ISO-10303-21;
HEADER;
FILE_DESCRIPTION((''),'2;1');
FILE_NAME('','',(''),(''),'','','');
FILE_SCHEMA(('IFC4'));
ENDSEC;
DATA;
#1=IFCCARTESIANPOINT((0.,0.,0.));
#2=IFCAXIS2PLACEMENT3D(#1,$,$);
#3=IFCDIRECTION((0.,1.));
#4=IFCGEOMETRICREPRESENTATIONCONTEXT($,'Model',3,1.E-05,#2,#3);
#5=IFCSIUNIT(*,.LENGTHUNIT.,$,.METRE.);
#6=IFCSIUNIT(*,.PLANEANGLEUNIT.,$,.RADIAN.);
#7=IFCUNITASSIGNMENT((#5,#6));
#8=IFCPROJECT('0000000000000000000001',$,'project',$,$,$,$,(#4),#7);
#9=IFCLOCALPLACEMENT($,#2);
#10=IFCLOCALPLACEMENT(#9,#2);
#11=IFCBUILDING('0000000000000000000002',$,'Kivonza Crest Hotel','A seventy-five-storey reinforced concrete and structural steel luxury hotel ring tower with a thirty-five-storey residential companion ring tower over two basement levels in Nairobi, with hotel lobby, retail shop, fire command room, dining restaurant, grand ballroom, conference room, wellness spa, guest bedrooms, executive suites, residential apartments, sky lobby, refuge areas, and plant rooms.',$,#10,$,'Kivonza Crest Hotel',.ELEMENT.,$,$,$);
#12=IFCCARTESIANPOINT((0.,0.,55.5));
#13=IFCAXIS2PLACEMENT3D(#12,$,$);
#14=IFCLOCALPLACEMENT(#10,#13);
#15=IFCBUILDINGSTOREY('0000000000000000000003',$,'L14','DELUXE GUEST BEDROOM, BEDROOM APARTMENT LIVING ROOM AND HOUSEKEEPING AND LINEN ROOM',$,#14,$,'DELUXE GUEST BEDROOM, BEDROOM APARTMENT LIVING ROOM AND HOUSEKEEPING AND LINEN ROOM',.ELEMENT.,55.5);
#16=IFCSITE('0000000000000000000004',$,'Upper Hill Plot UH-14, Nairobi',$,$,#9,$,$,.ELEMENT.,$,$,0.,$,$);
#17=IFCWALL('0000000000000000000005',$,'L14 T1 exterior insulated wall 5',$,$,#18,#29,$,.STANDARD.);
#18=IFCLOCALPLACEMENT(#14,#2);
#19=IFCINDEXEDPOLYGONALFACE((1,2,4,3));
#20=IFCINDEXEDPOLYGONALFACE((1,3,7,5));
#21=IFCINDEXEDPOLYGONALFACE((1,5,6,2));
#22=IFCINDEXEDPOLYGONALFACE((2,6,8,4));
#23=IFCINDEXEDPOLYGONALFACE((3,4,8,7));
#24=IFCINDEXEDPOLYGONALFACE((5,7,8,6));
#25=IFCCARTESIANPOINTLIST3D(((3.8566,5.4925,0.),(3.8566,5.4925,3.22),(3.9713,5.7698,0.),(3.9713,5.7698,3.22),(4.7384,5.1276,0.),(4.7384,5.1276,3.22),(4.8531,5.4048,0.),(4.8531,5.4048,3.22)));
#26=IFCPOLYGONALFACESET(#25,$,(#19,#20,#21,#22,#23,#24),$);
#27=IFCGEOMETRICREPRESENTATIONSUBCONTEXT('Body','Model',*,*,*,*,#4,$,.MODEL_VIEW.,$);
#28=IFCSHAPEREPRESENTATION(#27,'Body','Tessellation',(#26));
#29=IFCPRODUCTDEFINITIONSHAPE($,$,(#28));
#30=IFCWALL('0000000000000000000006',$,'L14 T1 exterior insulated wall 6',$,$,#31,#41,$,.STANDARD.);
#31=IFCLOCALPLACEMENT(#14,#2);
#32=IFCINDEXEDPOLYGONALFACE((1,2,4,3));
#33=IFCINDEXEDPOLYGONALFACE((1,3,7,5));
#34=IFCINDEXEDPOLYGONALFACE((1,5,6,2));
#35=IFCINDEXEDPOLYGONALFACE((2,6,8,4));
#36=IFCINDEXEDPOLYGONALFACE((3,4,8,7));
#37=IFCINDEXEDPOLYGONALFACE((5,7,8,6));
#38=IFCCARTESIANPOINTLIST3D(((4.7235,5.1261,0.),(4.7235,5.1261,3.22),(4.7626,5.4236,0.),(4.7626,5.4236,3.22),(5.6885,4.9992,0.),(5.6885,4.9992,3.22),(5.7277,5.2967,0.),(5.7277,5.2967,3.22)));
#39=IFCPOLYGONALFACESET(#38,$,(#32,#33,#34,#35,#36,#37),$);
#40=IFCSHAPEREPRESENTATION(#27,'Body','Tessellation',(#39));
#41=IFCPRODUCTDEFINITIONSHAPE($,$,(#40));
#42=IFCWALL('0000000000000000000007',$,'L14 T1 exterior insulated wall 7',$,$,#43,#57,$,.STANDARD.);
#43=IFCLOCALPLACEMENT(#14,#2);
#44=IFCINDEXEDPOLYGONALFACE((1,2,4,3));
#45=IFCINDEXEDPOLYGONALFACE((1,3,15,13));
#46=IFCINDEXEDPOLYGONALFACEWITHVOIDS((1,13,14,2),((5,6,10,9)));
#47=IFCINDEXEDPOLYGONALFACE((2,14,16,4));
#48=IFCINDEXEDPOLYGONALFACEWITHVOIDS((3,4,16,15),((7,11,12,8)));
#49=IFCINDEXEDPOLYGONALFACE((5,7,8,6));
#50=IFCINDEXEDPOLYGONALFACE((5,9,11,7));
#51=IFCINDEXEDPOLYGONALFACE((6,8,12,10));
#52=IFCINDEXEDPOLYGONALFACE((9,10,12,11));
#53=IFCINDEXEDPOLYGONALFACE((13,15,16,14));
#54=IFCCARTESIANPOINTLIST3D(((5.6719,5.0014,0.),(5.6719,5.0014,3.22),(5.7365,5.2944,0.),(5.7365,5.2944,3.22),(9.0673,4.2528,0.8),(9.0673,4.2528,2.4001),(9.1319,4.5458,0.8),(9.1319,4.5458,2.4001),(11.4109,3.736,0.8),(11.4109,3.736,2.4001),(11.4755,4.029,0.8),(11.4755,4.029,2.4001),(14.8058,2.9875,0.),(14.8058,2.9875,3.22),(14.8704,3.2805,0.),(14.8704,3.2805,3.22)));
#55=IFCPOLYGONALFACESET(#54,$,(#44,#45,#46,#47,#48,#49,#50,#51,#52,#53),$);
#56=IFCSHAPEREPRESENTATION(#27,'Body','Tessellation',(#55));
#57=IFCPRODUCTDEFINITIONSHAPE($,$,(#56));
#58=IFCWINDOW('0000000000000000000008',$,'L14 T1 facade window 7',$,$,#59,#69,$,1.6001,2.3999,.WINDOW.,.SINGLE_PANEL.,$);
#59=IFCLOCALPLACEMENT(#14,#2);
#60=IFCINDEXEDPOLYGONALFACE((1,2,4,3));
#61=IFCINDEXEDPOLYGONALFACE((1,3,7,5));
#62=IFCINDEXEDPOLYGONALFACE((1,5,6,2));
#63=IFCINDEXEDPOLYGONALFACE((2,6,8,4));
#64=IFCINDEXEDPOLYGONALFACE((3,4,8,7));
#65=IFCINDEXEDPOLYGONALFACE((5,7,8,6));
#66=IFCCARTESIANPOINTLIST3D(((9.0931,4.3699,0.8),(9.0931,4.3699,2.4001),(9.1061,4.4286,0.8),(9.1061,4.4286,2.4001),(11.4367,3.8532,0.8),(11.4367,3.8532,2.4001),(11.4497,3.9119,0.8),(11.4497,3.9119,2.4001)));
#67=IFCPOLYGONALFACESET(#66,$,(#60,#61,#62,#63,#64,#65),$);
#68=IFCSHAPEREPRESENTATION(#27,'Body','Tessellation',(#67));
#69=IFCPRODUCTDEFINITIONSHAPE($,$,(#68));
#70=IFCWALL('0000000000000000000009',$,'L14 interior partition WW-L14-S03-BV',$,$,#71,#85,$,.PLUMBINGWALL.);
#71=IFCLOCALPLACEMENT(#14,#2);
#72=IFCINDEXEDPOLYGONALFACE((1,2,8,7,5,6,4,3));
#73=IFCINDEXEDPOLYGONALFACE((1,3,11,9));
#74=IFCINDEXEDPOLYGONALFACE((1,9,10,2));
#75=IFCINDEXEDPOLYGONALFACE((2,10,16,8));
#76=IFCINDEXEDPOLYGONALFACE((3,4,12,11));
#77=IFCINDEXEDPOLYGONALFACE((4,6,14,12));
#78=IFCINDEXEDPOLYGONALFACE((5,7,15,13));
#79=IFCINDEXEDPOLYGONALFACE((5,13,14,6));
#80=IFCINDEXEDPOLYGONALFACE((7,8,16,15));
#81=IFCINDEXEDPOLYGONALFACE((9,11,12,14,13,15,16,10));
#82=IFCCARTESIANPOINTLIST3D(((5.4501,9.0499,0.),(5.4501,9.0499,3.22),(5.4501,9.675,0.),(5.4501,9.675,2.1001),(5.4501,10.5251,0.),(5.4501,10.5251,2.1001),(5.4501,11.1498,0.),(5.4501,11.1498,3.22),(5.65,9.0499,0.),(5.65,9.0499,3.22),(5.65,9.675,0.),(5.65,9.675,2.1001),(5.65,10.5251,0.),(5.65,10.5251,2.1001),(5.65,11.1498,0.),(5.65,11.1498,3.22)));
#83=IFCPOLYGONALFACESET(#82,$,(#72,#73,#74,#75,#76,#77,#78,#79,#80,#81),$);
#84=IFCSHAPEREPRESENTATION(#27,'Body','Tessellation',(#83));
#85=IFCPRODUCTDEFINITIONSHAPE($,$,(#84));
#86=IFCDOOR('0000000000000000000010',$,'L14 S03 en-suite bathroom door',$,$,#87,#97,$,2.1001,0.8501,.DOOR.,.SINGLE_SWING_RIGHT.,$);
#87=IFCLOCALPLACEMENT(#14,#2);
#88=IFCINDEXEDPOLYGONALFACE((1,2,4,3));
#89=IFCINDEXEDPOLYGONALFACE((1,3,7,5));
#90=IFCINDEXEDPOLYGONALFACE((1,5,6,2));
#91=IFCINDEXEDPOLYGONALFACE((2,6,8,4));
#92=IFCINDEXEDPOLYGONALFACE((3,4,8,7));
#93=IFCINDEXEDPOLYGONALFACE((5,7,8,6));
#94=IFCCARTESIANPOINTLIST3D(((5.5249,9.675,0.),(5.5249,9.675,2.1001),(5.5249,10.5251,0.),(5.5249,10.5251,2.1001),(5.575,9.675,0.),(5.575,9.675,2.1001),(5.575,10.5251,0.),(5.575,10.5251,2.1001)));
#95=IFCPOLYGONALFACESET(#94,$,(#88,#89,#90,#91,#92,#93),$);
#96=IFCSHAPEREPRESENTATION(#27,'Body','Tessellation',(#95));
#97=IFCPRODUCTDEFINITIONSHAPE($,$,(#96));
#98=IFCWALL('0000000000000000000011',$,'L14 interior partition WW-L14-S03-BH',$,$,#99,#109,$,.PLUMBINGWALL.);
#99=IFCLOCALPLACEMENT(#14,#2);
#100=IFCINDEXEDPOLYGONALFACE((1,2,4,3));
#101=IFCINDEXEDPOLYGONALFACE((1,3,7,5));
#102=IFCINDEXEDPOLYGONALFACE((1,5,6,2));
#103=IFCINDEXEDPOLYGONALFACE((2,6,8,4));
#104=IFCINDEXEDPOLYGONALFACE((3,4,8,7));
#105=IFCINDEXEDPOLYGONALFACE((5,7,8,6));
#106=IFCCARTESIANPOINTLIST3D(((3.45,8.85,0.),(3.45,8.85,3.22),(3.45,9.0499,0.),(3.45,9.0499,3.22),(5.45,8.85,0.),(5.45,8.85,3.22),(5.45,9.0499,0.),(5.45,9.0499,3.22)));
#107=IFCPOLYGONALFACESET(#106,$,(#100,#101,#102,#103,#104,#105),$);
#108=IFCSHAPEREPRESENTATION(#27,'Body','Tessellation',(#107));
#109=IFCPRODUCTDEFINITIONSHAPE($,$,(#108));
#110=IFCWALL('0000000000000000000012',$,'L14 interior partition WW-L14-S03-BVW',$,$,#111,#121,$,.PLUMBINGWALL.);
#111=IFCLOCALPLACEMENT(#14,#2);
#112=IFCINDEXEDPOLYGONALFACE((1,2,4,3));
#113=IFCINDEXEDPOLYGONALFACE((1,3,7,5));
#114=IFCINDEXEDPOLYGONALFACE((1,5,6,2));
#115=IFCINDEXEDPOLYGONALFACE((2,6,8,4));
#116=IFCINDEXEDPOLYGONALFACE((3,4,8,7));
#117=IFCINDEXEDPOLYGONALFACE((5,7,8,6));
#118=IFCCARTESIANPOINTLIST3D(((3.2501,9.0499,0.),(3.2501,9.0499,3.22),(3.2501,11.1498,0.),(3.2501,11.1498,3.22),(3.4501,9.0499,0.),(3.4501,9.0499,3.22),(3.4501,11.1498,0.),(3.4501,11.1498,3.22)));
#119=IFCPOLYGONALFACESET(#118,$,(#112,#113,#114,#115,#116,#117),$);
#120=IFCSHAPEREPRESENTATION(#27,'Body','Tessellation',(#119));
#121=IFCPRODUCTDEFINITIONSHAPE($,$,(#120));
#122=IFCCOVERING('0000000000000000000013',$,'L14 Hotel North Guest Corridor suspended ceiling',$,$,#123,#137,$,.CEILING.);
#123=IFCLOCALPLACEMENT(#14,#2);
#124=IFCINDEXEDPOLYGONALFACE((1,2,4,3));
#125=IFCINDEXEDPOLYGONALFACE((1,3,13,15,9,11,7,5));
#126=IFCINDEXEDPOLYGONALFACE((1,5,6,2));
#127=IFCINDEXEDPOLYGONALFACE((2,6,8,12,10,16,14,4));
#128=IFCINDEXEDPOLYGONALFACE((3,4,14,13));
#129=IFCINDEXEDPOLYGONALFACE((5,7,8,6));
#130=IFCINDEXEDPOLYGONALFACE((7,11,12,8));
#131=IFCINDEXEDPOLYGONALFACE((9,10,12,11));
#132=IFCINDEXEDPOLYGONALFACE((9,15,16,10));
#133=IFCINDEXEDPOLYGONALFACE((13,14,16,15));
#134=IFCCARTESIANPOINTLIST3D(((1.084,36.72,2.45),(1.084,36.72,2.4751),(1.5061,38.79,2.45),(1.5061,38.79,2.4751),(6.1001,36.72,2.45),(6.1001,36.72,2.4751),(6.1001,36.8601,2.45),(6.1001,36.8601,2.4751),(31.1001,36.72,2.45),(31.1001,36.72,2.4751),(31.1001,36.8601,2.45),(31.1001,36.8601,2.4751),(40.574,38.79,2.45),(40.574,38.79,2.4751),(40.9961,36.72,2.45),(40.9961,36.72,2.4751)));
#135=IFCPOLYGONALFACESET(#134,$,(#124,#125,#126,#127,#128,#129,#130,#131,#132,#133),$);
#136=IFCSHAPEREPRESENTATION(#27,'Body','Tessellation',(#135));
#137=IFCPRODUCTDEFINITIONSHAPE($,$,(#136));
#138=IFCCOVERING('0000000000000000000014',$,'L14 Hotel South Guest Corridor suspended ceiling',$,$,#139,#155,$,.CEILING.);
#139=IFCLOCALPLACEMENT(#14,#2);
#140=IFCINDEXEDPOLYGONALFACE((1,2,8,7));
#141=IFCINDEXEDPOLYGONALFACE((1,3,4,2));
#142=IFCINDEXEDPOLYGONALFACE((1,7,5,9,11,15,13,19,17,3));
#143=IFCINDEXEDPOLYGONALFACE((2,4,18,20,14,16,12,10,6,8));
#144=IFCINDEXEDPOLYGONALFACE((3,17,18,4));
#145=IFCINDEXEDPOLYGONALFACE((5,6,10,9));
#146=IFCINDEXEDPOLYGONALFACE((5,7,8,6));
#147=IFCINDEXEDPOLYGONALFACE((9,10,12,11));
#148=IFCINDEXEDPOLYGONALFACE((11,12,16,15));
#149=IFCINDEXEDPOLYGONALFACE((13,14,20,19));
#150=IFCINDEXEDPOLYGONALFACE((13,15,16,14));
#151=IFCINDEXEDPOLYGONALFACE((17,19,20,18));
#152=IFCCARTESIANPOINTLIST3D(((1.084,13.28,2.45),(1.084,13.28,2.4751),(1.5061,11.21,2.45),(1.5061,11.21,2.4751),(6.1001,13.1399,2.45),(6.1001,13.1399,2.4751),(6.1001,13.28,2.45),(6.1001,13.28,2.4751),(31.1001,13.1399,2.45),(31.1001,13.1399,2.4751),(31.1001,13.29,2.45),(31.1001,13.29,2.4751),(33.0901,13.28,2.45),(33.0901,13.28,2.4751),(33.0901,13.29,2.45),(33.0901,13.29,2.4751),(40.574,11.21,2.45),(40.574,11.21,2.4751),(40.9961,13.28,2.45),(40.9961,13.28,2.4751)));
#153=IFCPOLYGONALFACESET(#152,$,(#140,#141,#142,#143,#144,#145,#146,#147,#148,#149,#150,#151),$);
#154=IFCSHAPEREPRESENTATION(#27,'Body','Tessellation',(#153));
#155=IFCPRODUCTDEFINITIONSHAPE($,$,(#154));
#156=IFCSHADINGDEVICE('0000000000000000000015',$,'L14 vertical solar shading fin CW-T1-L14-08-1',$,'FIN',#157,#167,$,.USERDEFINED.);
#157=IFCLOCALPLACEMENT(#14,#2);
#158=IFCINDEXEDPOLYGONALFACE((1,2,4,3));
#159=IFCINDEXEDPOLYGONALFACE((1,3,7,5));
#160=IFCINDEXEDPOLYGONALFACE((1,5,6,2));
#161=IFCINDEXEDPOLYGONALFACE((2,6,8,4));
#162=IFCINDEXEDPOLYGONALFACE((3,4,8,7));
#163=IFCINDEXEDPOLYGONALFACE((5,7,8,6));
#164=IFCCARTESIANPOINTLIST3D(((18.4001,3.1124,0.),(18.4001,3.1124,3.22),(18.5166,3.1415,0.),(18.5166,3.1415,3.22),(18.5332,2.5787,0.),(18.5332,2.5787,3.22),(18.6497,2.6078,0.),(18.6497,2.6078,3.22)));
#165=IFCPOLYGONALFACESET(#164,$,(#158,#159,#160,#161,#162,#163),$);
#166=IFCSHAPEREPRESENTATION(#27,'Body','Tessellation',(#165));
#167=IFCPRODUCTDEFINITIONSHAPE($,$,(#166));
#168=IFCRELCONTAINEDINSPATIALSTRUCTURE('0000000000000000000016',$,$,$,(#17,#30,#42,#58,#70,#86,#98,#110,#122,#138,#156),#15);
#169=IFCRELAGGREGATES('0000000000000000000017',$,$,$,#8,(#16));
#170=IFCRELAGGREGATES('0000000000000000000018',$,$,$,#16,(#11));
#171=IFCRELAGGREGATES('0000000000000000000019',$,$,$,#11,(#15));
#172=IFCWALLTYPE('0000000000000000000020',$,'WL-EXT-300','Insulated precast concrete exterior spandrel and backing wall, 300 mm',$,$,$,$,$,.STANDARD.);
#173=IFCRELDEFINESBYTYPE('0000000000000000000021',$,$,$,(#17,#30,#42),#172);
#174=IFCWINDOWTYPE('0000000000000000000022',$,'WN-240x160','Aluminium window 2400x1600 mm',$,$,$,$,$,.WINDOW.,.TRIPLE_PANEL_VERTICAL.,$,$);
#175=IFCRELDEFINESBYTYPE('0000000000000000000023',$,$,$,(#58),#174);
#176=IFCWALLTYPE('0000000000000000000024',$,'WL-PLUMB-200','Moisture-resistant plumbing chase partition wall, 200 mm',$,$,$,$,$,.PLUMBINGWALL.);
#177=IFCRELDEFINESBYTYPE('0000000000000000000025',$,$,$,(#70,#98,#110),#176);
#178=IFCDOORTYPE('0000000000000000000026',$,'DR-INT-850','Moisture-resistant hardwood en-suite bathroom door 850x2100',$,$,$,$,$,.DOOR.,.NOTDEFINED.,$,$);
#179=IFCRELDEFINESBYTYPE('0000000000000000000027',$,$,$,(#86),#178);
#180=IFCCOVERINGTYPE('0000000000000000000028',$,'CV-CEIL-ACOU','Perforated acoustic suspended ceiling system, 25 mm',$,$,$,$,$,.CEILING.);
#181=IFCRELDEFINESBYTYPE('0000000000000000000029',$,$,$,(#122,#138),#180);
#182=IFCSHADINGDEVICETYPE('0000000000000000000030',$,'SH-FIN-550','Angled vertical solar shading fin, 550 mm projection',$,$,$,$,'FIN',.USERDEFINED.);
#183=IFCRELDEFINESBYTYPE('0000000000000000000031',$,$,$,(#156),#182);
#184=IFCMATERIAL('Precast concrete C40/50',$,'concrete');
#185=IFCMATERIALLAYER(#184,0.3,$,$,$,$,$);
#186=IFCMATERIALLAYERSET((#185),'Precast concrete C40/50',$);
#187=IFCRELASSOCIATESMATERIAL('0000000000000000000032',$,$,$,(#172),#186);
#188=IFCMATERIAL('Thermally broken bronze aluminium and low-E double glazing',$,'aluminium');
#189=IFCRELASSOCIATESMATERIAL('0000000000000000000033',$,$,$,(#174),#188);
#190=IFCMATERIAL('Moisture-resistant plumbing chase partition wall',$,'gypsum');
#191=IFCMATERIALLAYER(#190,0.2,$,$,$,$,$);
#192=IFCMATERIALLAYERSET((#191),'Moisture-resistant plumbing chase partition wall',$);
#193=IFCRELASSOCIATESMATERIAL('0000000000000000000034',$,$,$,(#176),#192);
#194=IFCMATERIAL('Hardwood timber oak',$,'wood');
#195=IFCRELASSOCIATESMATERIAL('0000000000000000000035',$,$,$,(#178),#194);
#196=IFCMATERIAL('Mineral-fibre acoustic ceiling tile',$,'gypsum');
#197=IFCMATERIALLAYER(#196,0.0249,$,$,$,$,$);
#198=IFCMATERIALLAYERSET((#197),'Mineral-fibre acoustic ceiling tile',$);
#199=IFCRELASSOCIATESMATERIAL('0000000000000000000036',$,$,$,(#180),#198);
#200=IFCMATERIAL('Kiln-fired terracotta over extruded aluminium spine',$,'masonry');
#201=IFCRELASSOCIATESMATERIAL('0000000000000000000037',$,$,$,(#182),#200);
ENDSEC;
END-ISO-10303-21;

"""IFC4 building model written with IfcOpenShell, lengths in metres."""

from ifc_helpers import new_model, si_unit, direction, frame, frame_2d, origin, origin_2d, place, context, subcontext, project, spatial, polyline, rectangle, outline, extrude, material, layer, layer_set, type_object, element, fill, save


model = new_model("IFC4")

# Units and contexts
model_context = context("Model", 3, precision=1e-05, world=origin(), true_north=direction((0.0, 1.0)))
body_context = subcontext(model_context, "Body", "Model", "MODEL_VIEW")
ifc_project = project(units=[si_unit("LENGTHUNIT", "METRE"), si_unit("PLANEANGLEUNIT", "RADIAN")], contexts=[model_context])

# Site, building, storey
site_placement = place(None, origin())
site = spatial("IfcSite", under=ifc_project, at=site_placement, Name="Upper Hill Plot UH-14, Nairobi", CompositionType="ELEMENT", RefElevation=0.0)
building_placement = place(site_placement, origin())
building = spatial("IfcBuilding", under=site, at=building_placement, Name="Kivonza Crest Hotel", Description="A seventy-five-storey reinforced concrete and structural steel luxury hotel ring tower with a thirty-five-storey residential companion ring tower over two basement levels in Nairobi, with hotel lobby, retail shop, fire command room, dining restaurant, grand ballroom, conference room, wellness spa, guest bedrooms, executive suites, residential apartments, sky lobby, refuge areas, and plant rooms.", LongName="Kivonza Crest Hotel", CompositionType="ELEMENT")
storey_placement = place(building_placement, frame((0.0, 0.0, 55.5)))
storey = spatial("IfcBuildingStorey", under=building, at=storey_placement, Name="L14", Description="DELUXE GUEST BEDROOM, BEDROOM APARTMENT LIVING ROOM AND HOUSEKEEPING AND LINEN ROOM", LongName="DELUXE GUEST BEDROOM, BEDROOM APARTMENT LIVING ROOM AND HOUSEKEEPING AND LINEN ROOM", CompositionType="ELEMENT", Elevation=55.5)

# Walls
ifc_material_1 = material(Name="Precast concrete C40/50", Category="concrete")
ifc_layer_1 = layer(ifc_material_1, 0.3)
ifc_layer_set_1 = layer_set([ifc_layer_1], Name="Precast concrete C40/50")
wall_type_1 = type_object("IfcWallType", Name="WL-EXT-300", Description="Insulated precast concrete exterior spandrel and backing wall, 300 mm", PredefinedType="STANDARD", material=ifc_layer_set_1)
wall_1_placement = place(storey_placement, frame((3.9141, 5.6311, 0.0), z_axis=(0.0, 0.0, 1.0), x_axis=(0.923983, -0.382435, 0.0)))
element("IfcWall", 1, at=wall_1_placement, inside=storey, type_object=wall_type_1, Name="L14 T1 exterior insulated wall 5", PredefinedType="STANDARD", context=body_context, shape_type="SweptSolid", body=[
    extrude(rectangle(XDim=0.9543, YDim=0.3, at=frame_2d((0.4771, 0.0))), origin(), (0.0, 0.0, 1.0), 3.22),
])
wall_2_placement = place(storey_placement, frame((4.7429, 5.2749, 0.0), z_axis=(0.0, 0.0, 1.0), x_axis=(0.991459, -0.130422, 0.0)))
element("IfcWall", 2, at=wall_2_placement, inside=storey, type_object=wall_type_1, Name="L14 T1 exterior insulated wall 6", PredefinedType="STANDARD", context=body_context, shape_type="SweptSolid", body=[
    extrude(rectangle(XDim=0.9734, YDim=0.3, at=frame_2d((0.4868, 0.0))), origin(), (0.0, 0.0, 1.0), 3.22),
])

# Wall, opening, window
wall_3_placement = place(storey_placement, frame((5.7041, 5.1479, 0.0), z_axis=(0.0, 0.0, 1.0), x_axis=(0.976544, -0.215319, 0.0)))
wall_3 = element("IfcWall", 3, at=wall_3_placement, inside=storey, type_object=wall_type_1, Name="L14 T1 exterior insulated wall 7", PredefinedType="STANDARD", context=body_context, shape_type="SweptSolid", body=[
    extrude(rectangle(XDim=9.3533, YDim=0.3, at=frame_2d((4.6768, 0.0))), origin(), (0.0, 0.0, 1.0), 3.22),
])
opening_1_placement = place(wall_3_placement, frame((3.4771, 0.0, 0.8)))
opening_1 = element("IfcOpeningElement", 4, at=opening_1_placement, cuts=wall_3, PredefinedType="OPENING", context=body_context, shape_type="SweptSolid", body=[
    extrude(rectangle(XDim=2.3999, YDim=1.6001, at=frame_2d((1.2, 0.8))), frame((0.0, 0.1602, 0.0), z_axis=(0.0, -1.0, 0.0), x_axis=(1.0, 0.0, 0.0)), (0.0, 0.0, 1.0), 0.3201),
])
ifc_material_2 = material(Name="Thermally broken bronze aluminium and low-E double glazing", Category="aluminium")
window_type = type_object("IfcWindowType", Name="WN-240x160", Description="Aluminium window 2400x1600 mm", PartitioningType="TRIPLE_PANEL_VERTICAL", PredefinedType="WINDOW", material=ifc_material_2)
window_placement = place(opening_1_placement, origin())
window = element("IfcWindow", 5, at=window_placement, inside=storey, type_object=window_type, Name="L14 T1 facade window 7", OverallHeight=1.6001, OverallWidth=2.3999, PartitioningType="SINGLE_PANEL", PredefinedType="WINDOW", context=body_context, shape_type="SweptSolid", body=[
    extrude(rectangle(XDim=2.3999, YDim=1.6001, at=frame_2d((1.2, 0.8))), frame((0.0, 0.03, 0.0), z_axis=(0.0, -1.0, 0.0), x_axis=(1.0, 0.0, 0.0)), (0.0, 0.0, 1.0), 0.0601),
])
fill(opening_1, window)

# Wall, opening, door
ifc_material_3 = material(Name="Moisture-resistant plumbing chase partition wall", Category="gypsum")
ifc_layer_2 = layer(ifc_material_3, 0.2)
ifc_layer_set_2 = layer_set([ifc_layer_2], Name="Moisture-resistant plumbing chase partition wall")
wall_type_2 = type_object("IfcWallType", Name="WL-PLUMB-200", Description="Moisture-resistant plumbing chase partition wall, 200 mm", PredefinedType="PLUMBINGWALL", material=ifc_layer_set_2)
wall_4_placement = place(storey_placement, frame((5.55, 9.05, 0.0), z_axis=(0.0, 0.0, 1.0), x_axis=(0.0, 1.0, 0.0)))
wall_4 = element("IfcWall", 6, at=wall_4_placement, inside=storey, type_object=wall_type_2, Name="L14 interior partition WW-L14-S03-BV", PredefinedType="PLUMBINGWALL", context=body_context, shape_type="SweptSolid", body=[
    extrude(rectangle(XDim=2.0999, YDim=0.2, at=frame_2d((1.0498, 0.0))), origin(), (0.0, 0.0, 1.0), 3.22),
])
opening_2_placement = place(wall_4_placement, frame((0.625, 0.0, 0.0)))
opening_2 = element("IfcOpeningElement", 7, at=opening_2_placement, cuts=wall_4, PredefinedType="OPENING", context=body_context, shape_type="SweptSolid", body=[
    extrude(rectangle(XDim=0.8501, YDim=2.1001, at=frame_2d((0.425, 1.05))), frame((0.0, 0.1099, 0.0), z_axis=(0.0, -1.0, 0.0), x_axis=(1.0, 0.0, 0.0)), (0.0, 0.0, 1.0), 0.22),
])
ifc_material_4 = material(Name="Hardwood timber oak", Category="wood")
door_type = type_object("IfcDoorType", Name="DR-INT-850", Description="Moisture-resistant hardwood en-suite bathroom door 850x2100", OperationType="NOTDEFINED", PredefinedType="DOOR", material=ifc_material_4)
door_placement = place(opening_2_placement, frame((0.8501, 0.0, 0.0), z_axis=(0.0, 0.0, 1.0), x_axis=(-1.0, 0.0, 0.0)))
door = element("IfcDoor", 8, at=door_placement, inside=storey, type_object=door_type, Name="L14 S03 en-suite bathroom door", OperationType="SINGLE_SWING_RIGHT", OverallHeight=2.1001, OverallWidth=0.8501, PredefinedType="DOOR", context=body_context, shape_type="SweptSolid", body=[
    extrude(rectangle(XDim=0.8501, YDim=2.1001, at=frame_2d((0.425, 1.05))), frame((0.0, 0.0249, 0.0), z_axis=(0.0, -1.0, 0.0), x_axis=(1.0, 0.0, 0.0)), (0.0, 0.0, 1.0), 0.05),
])
fill(opening_2, door)

# Walls
wall_5_placement = place(storey_placement, frame((3.45, 8.95, 0.0), z_axis=(0.0, 0.0, 1.0), x_axis=(1.0, 0.0, 0.0)))
element("IfcWall", 9, at=wall_5_placement, inside=storey, type_object=wall_type_2, Name="L14 interior partition WW-L14-S03-BH", PredefinedType="PLUMBINGWALL", context=body_context, shape_type="SweptSolid", body=[
    extrude(rectangle(XDim=2.0, YDim=0.2, at=frame_2d((1.0, 0.0))), origin(), (0.0, 0.0, 1.0), 3.22),
])
wall_6_placement = place(storey_placement, frame((3.3501, 9.05, 0.0), z_axis=(0.0, 0.0, 1.0), x_axis=(0.0, 1.0, 0.0)))
element("IfcWall", 10, at=wall_6_placement, inside=storey, type_object=wall_type_2, Name="L14 interior partition WW-L14-S03-BVW", PredefinedType="PLUMBINGWALL", context=body_context, shape_type="SweptSolid", body=[
    extrude(rectangle(XDim=2.0999, YDim=0.2, at=frame_2d((1.0498, 0.0))), origin(), (0.0, 0.0, 1.0), 3.22),
])

# Coverings
ifc_material_5 = material(Name="Mineral-fibre acoustic ceiling tile", Category="gypsum")
ifc_layer_3 = layer(ifc_material_5, 0.0249)
ifc_layer_set_3 = layer_set([ifc_layer_3], Name="Mineral-fibre acoustic ceiling tile")
covering_type = type_object("IfcCoveringType", Name="CV-CEIL-ACOU", Description="Perforated acoustic suspended ceiling system, 25 mm", PredefinedType="CEILING", material=ifc_layer_set_3)
covering_1_placement = place(storey_placement, frame((0.0, 0.0, 2.45)))
element("IfcCovering", 11, at=covering_1_placement, inside=storey, type_object=covering_type, Name="L14 Hotel North Guest Corridor suspended ceiling", PredefinedType="CEILING", context=body_context, shape_type="SweptSolid", body=[
    extrude(outline(polyline([(1.5061, 38.79), (1.084, 36.72), (6.1001, 36.72), (6.1001, 36.8601), (31.1001, 36.8601), (31.1001, 36.72), (40.9961, 36.72), (40.574, 38.79), (1.5061, 38.79)])), origin(), (0.0, 0.0, 1.0), 0.0251),
])
covering_2_placement = place(storey_placement, frame((0.0, 0.0, 2.45)))
element("IfcCovering", 12, at=covering_2_placement, inside=storey, type_object=covering_type, Name="L14 Hotel South Guest Corridor suspended ceiling", PredefinedType="CEILING", context=body_context, shape_type="SweptSolid", body=[
    extrude(outline(polyline([(31.1001, 13.29), (31.1001, 13.1399), (6.1001, 13.1399), (6.1001, 13.28), (1.084, 13.28), (1.5061, 11.21), (40.574, 11.21), (40.9961, 13.28), (33.0901, 13.28), (33.0901, 13.29), (31.1001, 13.29)])), origin(), (0.0, 0.0, 1.0), 0.0251),
])

# Shading device
ifc_material_6 = material(Name="Kiln-fired terracotta over extruded aluminium spine", Category="masonry")
shading_device_type = type_object("IfcShadingDeviceType", Name="SH-FIN-550", Description="Angled vertical solar shading fin, 550 mm projection", ElementType="FIN", PredefinedType="USERDEFINED", material=ifc_material_6)
shading_device_placement = place(storey_placement, frame((18.5249, 2.8601, 0.0), z_axis=(0.0, 0.0, 1.0), x_axis=(0.970296, 0.241922, 0.0)))
element("IfcShadingDevice", 13, at=shading_device_placement, inside=storey, type_object=shading_device_type, Name="L14 vertical solar shading fin CW-T1-L14-08-1", ObjectType="FIN", PredefinedType="USERDEFINED", context=body_context, shape_type="SweptSolid", body=[
    extrude(rectangle(XDim=0.1201, YDim=0.55, at=origin_2d()), origin(), (0.0, 0.0, 1.0), 3.22),
])

save(model, "model.ifc")
